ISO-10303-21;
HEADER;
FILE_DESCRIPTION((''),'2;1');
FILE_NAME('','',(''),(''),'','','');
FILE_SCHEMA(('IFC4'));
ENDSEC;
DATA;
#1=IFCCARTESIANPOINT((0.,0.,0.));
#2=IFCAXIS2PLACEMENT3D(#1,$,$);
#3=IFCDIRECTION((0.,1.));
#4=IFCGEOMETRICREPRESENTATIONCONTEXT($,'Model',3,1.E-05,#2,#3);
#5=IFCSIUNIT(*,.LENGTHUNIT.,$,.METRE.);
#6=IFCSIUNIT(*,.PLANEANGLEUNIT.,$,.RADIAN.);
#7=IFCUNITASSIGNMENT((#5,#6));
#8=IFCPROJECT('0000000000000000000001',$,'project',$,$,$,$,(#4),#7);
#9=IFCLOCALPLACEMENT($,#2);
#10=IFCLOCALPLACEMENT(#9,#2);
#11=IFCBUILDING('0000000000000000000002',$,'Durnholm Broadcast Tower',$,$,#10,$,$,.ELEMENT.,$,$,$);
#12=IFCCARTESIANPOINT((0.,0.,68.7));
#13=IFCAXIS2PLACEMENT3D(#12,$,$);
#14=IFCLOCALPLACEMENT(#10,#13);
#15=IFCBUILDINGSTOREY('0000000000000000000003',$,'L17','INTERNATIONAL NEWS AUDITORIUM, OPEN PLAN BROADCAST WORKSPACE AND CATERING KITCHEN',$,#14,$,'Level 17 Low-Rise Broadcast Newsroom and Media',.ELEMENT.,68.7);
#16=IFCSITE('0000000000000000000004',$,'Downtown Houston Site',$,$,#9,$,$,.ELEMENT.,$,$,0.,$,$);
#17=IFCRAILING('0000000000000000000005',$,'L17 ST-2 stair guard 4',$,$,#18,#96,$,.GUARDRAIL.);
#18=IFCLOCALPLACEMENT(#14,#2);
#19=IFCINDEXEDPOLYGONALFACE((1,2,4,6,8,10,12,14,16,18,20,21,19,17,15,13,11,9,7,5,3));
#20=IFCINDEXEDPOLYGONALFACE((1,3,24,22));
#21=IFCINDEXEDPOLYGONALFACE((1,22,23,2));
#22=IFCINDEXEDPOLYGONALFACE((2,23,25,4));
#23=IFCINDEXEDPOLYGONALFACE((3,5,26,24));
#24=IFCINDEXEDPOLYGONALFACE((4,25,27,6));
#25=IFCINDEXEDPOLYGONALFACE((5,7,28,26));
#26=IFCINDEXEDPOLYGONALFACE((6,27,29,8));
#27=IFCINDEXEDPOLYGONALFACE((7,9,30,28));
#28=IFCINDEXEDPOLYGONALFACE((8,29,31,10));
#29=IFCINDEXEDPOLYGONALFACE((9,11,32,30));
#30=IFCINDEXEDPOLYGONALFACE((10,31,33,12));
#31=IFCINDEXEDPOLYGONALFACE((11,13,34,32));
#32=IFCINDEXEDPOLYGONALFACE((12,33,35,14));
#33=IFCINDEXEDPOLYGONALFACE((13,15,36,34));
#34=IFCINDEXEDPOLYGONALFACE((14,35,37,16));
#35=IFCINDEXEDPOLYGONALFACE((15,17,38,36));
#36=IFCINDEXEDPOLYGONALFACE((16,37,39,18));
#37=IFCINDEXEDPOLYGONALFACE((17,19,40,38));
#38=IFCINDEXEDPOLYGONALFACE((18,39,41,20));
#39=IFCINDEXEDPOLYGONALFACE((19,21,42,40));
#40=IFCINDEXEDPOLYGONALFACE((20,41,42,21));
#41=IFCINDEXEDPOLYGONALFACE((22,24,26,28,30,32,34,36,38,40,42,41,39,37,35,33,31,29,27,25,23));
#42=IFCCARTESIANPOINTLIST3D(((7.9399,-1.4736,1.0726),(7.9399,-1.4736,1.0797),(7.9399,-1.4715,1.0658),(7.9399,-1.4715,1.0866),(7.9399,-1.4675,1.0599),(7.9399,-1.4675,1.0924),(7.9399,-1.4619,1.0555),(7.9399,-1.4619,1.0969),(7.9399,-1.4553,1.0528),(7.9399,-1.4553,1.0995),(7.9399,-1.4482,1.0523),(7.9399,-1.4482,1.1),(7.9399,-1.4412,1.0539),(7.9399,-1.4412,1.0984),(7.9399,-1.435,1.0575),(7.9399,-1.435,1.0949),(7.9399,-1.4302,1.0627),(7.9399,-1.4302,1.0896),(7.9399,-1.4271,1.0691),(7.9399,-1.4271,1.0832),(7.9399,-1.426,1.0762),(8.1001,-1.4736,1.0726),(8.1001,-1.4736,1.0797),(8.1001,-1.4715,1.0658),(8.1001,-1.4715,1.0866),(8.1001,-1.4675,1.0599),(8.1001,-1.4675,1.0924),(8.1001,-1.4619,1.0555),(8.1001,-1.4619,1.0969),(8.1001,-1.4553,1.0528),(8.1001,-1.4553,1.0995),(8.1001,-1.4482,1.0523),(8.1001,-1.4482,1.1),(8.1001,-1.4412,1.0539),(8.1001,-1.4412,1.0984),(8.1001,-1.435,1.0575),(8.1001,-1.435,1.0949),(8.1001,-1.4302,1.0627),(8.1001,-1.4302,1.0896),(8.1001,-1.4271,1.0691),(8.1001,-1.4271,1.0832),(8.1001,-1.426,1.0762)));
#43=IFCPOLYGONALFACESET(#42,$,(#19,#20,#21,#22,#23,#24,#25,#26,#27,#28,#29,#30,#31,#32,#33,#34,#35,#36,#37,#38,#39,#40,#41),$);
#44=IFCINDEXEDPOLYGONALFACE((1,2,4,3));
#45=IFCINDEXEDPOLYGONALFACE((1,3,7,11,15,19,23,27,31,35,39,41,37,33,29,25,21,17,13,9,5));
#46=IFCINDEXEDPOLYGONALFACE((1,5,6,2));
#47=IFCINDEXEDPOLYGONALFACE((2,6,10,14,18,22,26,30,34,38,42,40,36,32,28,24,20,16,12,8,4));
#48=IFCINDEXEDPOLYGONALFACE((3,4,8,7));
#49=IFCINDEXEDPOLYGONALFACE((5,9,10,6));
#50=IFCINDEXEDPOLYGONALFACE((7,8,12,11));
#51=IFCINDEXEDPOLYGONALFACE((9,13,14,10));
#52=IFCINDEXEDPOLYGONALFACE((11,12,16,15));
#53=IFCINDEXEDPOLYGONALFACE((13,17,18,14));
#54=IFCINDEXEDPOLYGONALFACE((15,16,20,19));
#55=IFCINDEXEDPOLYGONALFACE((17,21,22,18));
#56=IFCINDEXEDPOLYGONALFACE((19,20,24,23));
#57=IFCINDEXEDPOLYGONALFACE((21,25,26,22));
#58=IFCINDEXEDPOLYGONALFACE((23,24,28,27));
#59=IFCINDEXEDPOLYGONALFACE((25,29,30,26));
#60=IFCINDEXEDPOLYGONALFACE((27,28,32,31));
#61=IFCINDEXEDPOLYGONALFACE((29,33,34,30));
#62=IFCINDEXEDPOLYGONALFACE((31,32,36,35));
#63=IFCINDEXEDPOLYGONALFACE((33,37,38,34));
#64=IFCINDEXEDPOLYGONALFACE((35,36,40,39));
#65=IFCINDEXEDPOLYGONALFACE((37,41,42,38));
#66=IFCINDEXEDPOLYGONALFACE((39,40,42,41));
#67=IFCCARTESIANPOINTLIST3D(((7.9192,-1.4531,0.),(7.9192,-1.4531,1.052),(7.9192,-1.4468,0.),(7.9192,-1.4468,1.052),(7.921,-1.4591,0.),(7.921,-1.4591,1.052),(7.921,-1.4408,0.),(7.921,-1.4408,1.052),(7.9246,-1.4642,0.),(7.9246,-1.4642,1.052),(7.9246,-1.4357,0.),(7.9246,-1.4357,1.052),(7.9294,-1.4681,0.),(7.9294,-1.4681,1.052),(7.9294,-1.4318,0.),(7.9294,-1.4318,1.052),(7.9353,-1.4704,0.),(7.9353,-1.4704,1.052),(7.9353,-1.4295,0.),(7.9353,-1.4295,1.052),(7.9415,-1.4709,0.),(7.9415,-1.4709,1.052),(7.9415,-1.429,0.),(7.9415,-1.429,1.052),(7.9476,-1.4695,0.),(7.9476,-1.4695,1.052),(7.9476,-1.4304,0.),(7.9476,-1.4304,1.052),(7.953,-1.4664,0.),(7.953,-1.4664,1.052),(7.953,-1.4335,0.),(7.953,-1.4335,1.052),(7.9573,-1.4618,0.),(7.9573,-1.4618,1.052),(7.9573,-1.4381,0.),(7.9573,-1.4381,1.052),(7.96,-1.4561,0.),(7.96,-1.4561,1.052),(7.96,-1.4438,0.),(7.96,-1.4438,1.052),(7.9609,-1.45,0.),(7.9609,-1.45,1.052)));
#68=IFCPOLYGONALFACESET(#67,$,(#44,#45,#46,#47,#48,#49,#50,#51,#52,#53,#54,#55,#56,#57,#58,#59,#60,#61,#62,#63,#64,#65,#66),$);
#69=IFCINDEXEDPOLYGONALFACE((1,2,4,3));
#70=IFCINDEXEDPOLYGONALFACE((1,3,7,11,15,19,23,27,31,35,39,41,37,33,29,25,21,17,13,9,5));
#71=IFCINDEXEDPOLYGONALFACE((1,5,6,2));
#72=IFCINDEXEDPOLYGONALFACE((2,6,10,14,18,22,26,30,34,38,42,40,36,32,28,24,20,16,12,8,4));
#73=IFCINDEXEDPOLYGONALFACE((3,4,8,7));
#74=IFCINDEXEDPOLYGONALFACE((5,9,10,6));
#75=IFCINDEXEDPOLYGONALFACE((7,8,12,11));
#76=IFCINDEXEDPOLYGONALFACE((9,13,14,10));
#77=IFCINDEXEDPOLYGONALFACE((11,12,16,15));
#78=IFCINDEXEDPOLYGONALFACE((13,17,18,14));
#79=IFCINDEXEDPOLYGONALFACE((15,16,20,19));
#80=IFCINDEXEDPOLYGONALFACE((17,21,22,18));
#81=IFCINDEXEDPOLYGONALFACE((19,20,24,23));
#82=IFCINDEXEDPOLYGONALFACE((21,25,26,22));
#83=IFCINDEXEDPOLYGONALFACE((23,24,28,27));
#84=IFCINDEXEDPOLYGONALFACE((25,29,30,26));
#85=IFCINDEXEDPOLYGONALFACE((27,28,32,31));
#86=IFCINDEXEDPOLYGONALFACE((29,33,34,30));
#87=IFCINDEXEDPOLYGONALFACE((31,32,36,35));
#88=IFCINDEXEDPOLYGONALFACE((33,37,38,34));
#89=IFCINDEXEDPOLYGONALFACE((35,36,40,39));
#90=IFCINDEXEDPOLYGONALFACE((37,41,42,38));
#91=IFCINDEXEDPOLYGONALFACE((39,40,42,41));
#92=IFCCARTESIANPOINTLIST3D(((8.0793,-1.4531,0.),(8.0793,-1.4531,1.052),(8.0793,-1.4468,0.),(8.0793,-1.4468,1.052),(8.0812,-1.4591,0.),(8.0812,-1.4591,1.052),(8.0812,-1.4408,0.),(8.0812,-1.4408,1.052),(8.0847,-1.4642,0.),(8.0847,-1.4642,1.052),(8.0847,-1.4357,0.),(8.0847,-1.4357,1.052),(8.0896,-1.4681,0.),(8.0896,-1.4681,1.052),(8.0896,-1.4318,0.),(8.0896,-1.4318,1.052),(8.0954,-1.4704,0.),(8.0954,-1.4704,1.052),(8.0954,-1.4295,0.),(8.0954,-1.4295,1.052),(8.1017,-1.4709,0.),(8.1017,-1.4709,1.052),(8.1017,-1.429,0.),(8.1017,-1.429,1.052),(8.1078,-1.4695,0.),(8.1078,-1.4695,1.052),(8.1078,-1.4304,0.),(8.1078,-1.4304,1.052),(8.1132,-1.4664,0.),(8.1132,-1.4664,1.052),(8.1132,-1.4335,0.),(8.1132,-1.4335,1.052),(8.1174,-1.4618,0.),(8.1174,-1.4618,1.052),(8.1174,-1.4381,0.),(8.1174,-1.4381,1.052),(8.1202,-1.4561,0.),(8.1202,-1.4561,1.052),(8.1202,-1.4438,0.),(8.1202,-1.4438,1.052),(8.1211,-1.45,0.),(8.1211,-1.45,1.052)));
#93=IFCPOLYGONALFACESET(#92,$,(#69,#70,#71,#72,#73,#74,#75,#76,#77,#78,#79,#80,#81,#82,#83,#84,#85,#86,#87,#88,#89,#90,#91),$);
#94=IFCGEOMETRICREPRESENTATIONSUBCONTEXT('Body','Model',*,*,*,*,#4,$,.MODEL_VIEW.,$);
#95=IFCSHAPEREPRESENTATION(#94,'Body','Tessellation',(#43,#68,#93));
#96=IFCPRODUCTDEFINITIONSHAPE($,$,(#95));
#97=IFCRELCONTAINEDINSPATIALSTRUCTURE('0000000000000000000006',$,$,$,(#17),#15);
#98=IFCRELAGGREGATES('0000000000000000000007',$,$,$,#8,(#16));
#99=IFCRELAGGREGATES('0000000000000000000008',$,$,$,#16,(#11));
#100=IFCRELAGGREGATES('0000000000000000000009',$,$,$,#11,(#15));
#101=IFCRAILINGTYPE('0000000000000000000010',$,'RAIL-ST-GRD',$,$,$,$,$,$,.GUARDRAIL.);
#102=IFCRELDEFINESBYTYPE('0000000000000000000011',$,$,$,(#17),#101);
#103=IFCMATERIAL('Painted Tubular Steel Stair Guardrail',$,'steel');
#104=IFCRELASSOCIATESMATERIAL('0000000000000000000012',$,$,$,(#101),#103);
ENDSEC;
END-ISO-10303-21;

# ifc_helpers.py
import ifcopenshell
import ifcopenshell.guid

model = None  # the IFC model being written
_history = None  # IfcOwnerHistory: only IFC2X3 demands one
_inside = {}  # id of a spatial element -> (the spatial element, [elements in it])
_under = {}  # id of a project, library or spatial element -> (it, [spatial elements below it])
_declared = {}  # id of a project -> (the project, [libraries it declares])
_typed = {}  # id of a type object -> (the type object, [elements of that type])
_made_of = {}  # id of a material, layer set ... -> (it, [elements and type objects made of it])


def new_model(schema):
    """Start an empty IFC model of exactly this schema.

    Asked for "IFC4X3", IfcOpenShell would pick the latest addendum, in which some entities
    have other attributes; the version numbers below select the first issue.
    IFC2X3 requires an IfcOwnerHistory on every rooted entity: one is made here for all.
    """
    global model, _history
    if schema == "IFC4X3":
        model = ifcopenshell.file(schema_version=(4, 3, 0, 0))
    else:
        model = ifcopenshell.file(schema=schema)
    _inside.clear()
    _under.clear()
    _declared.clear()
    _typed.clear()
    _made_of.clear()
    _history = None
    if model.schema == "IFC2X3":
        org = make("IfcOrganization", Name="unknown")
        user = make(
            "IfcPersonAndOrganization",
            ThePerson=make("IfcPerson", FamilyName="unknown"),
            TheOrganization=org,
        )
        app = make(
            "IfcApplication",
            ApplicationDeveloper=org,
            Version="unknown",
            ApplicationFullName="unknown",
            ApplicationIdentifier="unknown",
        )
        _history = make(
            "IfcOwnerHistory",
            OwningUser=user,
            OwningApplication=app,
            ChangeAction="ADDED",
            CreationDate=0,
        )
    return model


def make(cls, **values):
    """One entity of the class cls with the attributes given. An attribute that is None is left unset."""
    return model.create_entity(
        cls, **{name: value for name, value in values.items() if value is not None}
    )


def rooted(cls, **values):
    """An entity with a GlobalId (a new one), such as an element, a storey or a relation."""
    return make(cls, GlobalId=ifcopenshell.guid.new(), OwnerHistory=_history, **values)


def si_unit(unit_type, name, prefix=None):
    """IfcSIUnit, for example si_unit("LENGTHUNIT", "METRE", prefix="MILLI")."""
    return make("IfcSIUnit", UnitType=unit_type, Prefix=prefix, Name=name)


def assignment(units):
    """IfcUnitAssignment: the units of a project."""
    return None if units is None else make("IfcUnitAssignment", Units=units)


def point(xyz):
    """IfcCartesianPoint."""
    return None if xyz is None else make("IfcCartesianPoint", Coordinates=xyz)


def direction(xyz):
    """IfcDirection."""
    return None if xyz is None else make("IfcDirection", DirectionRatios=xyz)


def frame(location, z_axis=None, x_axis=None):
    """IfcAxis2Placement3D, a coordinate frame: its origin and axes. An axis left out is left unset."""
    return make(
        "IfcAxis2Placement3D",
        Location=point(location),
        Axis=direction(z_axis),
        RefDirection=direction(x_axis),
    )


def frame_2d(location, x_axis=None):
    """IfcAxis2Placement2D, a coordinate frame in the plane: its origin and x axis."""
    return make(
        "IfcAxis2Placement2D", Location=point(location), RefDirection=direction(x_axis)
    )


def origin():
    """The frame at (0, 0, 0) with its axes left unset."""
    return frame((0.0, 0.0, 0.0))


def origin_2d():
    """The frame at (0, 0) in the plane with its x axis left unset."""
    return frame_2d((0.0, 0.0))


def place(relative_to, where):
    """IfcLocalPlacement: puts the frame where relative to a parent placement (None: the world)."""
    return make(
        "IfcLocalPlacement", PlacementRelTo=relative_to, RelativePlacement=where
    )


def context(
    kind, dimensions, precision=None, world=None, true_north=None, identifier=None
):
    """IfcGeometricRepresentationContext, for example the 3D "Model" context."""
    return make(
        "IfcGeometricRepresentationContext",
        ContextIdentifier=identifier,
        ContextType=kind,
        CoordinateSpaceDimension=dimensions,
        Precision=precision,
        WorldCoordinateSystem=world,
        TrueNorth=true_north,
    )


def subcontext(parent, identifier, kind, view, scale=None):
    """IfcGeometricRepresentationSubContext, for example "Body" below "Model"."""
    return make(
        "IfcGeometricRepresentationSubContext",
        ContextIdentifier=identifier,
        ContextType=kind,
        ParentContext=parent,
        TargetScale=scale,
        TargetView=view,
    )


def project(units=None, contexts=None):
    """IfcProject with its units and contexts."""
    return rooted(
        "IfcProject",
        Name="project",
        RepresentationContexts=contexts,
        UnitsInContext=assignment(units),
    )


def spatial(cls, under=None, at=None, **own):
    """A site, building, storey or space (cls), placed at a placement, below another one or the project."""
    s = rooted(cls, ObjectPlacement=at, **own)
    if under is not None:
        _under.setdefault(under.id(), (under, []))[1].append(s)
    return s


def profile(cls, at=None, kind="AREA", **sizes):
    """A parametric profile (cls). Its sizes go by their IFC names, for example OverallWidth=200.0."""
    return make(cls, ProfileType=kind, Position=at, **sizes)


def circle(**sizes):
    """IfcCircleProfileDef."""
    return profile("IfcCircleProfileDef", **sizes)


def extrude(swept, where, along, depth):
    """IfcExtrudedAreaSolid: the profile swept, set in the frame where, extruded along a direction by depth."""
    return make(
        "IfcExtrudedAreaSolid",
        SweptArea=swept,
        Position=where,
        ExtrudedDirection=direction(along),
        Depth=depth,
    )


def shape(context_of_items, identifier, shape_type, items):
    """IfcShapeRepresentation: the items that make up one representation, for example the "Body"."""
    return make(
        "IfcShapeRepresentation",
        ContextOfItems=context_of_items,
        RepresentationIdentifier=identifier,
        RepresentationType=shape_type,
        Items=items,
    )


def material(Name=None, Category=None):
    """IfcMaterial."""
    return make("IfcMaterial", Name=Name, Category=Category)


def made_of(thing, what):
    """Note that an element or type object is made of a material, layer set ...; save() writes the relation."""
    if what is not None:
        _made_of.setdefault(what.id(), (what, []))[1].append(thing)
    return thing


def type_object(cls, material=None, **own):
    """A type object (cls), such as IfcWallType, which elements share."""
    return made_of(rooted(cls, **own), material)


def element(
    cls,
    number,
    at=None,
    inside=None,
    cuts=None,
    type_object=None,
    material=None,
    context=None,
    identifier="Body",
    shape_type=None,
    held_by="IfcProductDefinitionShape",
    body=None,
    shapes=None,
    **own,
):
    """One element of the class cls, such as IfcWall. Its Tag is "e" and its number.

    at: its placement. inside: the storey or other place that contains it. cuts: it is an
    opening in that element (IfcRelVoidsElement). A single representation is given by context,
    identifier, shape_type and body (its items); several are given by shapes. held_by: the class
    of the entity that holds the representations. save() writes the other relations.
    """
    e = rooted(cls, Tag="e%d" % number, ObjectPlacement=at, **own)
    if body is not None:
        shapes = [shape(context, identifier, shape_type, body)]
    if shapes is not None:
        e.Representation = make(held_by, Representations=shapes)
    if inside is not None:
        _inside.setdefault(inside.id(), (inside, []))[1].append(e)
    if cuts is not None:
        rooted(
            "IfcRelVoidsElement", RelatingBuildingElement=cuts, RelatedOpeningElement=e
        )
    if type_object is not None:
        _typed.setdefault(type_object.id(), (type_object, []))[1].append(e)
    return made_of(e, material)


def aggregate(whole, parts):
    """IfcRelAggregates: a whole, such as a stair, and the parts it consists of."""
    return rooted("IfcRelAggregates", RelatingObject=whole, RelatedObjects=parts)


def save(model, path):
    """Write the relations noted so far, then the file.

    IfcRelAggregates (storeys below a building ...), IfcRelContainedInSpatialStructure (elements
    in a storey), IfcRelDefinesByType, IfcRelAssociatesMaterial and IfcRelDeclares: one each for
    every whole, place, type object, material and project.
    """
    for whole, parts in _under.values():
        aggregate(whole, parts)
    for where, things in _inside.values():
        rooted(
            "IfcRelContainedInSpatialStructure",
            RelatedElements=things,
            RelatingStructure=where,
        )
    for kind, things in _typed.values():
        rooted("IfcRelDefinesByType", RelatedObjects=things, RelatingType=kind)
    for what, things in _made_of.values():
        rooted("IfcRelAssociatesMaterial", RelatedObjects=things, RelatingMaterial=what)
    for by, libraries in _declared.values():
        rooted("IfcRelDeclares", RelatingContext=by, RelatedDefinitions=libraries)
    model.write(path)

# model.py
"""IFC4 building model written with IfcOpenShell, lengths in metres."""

from ifc_helpers import new_model, si_unit, direction, frame, origin, origin_2d, place, context, subcontext, project, spatial, circle, extrude, material, type_object, element, save


model = new_model("IFC4")

# Units and contexts
model_context = context("Model", 3, precision=1e-05, world=origin(), true_north=direction((0.0, 1.0)))
body_context = subcontext(model_context, "Body", "Model", "MODEL_VIEW")
ifc_project = project(units=[si_unit("LENGTHUNIT", "METRE"), si_unit("PLANEANGLEUNIT", "RADIAN")], contexts=[model_context])

# Site, building, storey
site_placement = place(None, origin())
site = spatial("IfcSite", under=ifc_project, at=site_placement, Name="Downtown Houston Site", CompositionType="ELEMENT", RefElevation=0.0)
building_placement = place(site_placement, origin())
building = spatial("IfcBuilding", under=site, at=building_placement, Name="Durnholm Broadcast Tower", CompositionType="ELEMENT")
storey_placement = place(building_placement, frame((0.0, 0.0, 68.7)))
storey = spatial("IfcBuildingStorey", under=building, at=storey_placement, Name="L17", Description="INTERNATIONAL NEWS AUDITORIUM, OPEN PLAN BROADCAST WORKSPACE AND CATERING KITCHEN", LongName="Level 17 Low-Rise Broadcast Newsroom and Media", CompositionType="ELEMENT", Elevation=68.7)

# Railing
ifc_material_1 = material(Name="Painted Tubular Steel Stair Guardrail", Category="steel")
railing_type_1 = type_object("IfcRailingType", Name="RAIL-ST-GRD", PredefinedType="GUARDRAIL", material=ifc_material_1)
railing_1_placement = place(storey_placement, frame((7.9399, -1.45, 0.0)))
element("IfcRailing", 1, at=railing_1_placement, inside=storey, type_object=railing_type_1, Name="L17 ST-2 stair guard 4", PredefinedType="GUARDRAIL", context=body_context, shape_type="SweptSolid", body=[
    extrude(circle(Radius=0.0239, at=origin_2d()), frame((0.0, 0.0, 1.0762), z_axis=(1.0, 0.0, 0.0), x_axis=(0.0, 1.0, 0.0)), (0.0, 0.0, 1.0), 0.1602),
    extrude(circle(Radius=0.021, at=origin_2d()), origin(), (0.0, 0.0, 1.0), 1.052),
    extrude(circle(Radius=0.021, at=origin_2d()), frame((0.1602, 0.0, 0.0)), (0.0, 0.0, 1.0), 1.052),
])

save(model, "model.ifc")
